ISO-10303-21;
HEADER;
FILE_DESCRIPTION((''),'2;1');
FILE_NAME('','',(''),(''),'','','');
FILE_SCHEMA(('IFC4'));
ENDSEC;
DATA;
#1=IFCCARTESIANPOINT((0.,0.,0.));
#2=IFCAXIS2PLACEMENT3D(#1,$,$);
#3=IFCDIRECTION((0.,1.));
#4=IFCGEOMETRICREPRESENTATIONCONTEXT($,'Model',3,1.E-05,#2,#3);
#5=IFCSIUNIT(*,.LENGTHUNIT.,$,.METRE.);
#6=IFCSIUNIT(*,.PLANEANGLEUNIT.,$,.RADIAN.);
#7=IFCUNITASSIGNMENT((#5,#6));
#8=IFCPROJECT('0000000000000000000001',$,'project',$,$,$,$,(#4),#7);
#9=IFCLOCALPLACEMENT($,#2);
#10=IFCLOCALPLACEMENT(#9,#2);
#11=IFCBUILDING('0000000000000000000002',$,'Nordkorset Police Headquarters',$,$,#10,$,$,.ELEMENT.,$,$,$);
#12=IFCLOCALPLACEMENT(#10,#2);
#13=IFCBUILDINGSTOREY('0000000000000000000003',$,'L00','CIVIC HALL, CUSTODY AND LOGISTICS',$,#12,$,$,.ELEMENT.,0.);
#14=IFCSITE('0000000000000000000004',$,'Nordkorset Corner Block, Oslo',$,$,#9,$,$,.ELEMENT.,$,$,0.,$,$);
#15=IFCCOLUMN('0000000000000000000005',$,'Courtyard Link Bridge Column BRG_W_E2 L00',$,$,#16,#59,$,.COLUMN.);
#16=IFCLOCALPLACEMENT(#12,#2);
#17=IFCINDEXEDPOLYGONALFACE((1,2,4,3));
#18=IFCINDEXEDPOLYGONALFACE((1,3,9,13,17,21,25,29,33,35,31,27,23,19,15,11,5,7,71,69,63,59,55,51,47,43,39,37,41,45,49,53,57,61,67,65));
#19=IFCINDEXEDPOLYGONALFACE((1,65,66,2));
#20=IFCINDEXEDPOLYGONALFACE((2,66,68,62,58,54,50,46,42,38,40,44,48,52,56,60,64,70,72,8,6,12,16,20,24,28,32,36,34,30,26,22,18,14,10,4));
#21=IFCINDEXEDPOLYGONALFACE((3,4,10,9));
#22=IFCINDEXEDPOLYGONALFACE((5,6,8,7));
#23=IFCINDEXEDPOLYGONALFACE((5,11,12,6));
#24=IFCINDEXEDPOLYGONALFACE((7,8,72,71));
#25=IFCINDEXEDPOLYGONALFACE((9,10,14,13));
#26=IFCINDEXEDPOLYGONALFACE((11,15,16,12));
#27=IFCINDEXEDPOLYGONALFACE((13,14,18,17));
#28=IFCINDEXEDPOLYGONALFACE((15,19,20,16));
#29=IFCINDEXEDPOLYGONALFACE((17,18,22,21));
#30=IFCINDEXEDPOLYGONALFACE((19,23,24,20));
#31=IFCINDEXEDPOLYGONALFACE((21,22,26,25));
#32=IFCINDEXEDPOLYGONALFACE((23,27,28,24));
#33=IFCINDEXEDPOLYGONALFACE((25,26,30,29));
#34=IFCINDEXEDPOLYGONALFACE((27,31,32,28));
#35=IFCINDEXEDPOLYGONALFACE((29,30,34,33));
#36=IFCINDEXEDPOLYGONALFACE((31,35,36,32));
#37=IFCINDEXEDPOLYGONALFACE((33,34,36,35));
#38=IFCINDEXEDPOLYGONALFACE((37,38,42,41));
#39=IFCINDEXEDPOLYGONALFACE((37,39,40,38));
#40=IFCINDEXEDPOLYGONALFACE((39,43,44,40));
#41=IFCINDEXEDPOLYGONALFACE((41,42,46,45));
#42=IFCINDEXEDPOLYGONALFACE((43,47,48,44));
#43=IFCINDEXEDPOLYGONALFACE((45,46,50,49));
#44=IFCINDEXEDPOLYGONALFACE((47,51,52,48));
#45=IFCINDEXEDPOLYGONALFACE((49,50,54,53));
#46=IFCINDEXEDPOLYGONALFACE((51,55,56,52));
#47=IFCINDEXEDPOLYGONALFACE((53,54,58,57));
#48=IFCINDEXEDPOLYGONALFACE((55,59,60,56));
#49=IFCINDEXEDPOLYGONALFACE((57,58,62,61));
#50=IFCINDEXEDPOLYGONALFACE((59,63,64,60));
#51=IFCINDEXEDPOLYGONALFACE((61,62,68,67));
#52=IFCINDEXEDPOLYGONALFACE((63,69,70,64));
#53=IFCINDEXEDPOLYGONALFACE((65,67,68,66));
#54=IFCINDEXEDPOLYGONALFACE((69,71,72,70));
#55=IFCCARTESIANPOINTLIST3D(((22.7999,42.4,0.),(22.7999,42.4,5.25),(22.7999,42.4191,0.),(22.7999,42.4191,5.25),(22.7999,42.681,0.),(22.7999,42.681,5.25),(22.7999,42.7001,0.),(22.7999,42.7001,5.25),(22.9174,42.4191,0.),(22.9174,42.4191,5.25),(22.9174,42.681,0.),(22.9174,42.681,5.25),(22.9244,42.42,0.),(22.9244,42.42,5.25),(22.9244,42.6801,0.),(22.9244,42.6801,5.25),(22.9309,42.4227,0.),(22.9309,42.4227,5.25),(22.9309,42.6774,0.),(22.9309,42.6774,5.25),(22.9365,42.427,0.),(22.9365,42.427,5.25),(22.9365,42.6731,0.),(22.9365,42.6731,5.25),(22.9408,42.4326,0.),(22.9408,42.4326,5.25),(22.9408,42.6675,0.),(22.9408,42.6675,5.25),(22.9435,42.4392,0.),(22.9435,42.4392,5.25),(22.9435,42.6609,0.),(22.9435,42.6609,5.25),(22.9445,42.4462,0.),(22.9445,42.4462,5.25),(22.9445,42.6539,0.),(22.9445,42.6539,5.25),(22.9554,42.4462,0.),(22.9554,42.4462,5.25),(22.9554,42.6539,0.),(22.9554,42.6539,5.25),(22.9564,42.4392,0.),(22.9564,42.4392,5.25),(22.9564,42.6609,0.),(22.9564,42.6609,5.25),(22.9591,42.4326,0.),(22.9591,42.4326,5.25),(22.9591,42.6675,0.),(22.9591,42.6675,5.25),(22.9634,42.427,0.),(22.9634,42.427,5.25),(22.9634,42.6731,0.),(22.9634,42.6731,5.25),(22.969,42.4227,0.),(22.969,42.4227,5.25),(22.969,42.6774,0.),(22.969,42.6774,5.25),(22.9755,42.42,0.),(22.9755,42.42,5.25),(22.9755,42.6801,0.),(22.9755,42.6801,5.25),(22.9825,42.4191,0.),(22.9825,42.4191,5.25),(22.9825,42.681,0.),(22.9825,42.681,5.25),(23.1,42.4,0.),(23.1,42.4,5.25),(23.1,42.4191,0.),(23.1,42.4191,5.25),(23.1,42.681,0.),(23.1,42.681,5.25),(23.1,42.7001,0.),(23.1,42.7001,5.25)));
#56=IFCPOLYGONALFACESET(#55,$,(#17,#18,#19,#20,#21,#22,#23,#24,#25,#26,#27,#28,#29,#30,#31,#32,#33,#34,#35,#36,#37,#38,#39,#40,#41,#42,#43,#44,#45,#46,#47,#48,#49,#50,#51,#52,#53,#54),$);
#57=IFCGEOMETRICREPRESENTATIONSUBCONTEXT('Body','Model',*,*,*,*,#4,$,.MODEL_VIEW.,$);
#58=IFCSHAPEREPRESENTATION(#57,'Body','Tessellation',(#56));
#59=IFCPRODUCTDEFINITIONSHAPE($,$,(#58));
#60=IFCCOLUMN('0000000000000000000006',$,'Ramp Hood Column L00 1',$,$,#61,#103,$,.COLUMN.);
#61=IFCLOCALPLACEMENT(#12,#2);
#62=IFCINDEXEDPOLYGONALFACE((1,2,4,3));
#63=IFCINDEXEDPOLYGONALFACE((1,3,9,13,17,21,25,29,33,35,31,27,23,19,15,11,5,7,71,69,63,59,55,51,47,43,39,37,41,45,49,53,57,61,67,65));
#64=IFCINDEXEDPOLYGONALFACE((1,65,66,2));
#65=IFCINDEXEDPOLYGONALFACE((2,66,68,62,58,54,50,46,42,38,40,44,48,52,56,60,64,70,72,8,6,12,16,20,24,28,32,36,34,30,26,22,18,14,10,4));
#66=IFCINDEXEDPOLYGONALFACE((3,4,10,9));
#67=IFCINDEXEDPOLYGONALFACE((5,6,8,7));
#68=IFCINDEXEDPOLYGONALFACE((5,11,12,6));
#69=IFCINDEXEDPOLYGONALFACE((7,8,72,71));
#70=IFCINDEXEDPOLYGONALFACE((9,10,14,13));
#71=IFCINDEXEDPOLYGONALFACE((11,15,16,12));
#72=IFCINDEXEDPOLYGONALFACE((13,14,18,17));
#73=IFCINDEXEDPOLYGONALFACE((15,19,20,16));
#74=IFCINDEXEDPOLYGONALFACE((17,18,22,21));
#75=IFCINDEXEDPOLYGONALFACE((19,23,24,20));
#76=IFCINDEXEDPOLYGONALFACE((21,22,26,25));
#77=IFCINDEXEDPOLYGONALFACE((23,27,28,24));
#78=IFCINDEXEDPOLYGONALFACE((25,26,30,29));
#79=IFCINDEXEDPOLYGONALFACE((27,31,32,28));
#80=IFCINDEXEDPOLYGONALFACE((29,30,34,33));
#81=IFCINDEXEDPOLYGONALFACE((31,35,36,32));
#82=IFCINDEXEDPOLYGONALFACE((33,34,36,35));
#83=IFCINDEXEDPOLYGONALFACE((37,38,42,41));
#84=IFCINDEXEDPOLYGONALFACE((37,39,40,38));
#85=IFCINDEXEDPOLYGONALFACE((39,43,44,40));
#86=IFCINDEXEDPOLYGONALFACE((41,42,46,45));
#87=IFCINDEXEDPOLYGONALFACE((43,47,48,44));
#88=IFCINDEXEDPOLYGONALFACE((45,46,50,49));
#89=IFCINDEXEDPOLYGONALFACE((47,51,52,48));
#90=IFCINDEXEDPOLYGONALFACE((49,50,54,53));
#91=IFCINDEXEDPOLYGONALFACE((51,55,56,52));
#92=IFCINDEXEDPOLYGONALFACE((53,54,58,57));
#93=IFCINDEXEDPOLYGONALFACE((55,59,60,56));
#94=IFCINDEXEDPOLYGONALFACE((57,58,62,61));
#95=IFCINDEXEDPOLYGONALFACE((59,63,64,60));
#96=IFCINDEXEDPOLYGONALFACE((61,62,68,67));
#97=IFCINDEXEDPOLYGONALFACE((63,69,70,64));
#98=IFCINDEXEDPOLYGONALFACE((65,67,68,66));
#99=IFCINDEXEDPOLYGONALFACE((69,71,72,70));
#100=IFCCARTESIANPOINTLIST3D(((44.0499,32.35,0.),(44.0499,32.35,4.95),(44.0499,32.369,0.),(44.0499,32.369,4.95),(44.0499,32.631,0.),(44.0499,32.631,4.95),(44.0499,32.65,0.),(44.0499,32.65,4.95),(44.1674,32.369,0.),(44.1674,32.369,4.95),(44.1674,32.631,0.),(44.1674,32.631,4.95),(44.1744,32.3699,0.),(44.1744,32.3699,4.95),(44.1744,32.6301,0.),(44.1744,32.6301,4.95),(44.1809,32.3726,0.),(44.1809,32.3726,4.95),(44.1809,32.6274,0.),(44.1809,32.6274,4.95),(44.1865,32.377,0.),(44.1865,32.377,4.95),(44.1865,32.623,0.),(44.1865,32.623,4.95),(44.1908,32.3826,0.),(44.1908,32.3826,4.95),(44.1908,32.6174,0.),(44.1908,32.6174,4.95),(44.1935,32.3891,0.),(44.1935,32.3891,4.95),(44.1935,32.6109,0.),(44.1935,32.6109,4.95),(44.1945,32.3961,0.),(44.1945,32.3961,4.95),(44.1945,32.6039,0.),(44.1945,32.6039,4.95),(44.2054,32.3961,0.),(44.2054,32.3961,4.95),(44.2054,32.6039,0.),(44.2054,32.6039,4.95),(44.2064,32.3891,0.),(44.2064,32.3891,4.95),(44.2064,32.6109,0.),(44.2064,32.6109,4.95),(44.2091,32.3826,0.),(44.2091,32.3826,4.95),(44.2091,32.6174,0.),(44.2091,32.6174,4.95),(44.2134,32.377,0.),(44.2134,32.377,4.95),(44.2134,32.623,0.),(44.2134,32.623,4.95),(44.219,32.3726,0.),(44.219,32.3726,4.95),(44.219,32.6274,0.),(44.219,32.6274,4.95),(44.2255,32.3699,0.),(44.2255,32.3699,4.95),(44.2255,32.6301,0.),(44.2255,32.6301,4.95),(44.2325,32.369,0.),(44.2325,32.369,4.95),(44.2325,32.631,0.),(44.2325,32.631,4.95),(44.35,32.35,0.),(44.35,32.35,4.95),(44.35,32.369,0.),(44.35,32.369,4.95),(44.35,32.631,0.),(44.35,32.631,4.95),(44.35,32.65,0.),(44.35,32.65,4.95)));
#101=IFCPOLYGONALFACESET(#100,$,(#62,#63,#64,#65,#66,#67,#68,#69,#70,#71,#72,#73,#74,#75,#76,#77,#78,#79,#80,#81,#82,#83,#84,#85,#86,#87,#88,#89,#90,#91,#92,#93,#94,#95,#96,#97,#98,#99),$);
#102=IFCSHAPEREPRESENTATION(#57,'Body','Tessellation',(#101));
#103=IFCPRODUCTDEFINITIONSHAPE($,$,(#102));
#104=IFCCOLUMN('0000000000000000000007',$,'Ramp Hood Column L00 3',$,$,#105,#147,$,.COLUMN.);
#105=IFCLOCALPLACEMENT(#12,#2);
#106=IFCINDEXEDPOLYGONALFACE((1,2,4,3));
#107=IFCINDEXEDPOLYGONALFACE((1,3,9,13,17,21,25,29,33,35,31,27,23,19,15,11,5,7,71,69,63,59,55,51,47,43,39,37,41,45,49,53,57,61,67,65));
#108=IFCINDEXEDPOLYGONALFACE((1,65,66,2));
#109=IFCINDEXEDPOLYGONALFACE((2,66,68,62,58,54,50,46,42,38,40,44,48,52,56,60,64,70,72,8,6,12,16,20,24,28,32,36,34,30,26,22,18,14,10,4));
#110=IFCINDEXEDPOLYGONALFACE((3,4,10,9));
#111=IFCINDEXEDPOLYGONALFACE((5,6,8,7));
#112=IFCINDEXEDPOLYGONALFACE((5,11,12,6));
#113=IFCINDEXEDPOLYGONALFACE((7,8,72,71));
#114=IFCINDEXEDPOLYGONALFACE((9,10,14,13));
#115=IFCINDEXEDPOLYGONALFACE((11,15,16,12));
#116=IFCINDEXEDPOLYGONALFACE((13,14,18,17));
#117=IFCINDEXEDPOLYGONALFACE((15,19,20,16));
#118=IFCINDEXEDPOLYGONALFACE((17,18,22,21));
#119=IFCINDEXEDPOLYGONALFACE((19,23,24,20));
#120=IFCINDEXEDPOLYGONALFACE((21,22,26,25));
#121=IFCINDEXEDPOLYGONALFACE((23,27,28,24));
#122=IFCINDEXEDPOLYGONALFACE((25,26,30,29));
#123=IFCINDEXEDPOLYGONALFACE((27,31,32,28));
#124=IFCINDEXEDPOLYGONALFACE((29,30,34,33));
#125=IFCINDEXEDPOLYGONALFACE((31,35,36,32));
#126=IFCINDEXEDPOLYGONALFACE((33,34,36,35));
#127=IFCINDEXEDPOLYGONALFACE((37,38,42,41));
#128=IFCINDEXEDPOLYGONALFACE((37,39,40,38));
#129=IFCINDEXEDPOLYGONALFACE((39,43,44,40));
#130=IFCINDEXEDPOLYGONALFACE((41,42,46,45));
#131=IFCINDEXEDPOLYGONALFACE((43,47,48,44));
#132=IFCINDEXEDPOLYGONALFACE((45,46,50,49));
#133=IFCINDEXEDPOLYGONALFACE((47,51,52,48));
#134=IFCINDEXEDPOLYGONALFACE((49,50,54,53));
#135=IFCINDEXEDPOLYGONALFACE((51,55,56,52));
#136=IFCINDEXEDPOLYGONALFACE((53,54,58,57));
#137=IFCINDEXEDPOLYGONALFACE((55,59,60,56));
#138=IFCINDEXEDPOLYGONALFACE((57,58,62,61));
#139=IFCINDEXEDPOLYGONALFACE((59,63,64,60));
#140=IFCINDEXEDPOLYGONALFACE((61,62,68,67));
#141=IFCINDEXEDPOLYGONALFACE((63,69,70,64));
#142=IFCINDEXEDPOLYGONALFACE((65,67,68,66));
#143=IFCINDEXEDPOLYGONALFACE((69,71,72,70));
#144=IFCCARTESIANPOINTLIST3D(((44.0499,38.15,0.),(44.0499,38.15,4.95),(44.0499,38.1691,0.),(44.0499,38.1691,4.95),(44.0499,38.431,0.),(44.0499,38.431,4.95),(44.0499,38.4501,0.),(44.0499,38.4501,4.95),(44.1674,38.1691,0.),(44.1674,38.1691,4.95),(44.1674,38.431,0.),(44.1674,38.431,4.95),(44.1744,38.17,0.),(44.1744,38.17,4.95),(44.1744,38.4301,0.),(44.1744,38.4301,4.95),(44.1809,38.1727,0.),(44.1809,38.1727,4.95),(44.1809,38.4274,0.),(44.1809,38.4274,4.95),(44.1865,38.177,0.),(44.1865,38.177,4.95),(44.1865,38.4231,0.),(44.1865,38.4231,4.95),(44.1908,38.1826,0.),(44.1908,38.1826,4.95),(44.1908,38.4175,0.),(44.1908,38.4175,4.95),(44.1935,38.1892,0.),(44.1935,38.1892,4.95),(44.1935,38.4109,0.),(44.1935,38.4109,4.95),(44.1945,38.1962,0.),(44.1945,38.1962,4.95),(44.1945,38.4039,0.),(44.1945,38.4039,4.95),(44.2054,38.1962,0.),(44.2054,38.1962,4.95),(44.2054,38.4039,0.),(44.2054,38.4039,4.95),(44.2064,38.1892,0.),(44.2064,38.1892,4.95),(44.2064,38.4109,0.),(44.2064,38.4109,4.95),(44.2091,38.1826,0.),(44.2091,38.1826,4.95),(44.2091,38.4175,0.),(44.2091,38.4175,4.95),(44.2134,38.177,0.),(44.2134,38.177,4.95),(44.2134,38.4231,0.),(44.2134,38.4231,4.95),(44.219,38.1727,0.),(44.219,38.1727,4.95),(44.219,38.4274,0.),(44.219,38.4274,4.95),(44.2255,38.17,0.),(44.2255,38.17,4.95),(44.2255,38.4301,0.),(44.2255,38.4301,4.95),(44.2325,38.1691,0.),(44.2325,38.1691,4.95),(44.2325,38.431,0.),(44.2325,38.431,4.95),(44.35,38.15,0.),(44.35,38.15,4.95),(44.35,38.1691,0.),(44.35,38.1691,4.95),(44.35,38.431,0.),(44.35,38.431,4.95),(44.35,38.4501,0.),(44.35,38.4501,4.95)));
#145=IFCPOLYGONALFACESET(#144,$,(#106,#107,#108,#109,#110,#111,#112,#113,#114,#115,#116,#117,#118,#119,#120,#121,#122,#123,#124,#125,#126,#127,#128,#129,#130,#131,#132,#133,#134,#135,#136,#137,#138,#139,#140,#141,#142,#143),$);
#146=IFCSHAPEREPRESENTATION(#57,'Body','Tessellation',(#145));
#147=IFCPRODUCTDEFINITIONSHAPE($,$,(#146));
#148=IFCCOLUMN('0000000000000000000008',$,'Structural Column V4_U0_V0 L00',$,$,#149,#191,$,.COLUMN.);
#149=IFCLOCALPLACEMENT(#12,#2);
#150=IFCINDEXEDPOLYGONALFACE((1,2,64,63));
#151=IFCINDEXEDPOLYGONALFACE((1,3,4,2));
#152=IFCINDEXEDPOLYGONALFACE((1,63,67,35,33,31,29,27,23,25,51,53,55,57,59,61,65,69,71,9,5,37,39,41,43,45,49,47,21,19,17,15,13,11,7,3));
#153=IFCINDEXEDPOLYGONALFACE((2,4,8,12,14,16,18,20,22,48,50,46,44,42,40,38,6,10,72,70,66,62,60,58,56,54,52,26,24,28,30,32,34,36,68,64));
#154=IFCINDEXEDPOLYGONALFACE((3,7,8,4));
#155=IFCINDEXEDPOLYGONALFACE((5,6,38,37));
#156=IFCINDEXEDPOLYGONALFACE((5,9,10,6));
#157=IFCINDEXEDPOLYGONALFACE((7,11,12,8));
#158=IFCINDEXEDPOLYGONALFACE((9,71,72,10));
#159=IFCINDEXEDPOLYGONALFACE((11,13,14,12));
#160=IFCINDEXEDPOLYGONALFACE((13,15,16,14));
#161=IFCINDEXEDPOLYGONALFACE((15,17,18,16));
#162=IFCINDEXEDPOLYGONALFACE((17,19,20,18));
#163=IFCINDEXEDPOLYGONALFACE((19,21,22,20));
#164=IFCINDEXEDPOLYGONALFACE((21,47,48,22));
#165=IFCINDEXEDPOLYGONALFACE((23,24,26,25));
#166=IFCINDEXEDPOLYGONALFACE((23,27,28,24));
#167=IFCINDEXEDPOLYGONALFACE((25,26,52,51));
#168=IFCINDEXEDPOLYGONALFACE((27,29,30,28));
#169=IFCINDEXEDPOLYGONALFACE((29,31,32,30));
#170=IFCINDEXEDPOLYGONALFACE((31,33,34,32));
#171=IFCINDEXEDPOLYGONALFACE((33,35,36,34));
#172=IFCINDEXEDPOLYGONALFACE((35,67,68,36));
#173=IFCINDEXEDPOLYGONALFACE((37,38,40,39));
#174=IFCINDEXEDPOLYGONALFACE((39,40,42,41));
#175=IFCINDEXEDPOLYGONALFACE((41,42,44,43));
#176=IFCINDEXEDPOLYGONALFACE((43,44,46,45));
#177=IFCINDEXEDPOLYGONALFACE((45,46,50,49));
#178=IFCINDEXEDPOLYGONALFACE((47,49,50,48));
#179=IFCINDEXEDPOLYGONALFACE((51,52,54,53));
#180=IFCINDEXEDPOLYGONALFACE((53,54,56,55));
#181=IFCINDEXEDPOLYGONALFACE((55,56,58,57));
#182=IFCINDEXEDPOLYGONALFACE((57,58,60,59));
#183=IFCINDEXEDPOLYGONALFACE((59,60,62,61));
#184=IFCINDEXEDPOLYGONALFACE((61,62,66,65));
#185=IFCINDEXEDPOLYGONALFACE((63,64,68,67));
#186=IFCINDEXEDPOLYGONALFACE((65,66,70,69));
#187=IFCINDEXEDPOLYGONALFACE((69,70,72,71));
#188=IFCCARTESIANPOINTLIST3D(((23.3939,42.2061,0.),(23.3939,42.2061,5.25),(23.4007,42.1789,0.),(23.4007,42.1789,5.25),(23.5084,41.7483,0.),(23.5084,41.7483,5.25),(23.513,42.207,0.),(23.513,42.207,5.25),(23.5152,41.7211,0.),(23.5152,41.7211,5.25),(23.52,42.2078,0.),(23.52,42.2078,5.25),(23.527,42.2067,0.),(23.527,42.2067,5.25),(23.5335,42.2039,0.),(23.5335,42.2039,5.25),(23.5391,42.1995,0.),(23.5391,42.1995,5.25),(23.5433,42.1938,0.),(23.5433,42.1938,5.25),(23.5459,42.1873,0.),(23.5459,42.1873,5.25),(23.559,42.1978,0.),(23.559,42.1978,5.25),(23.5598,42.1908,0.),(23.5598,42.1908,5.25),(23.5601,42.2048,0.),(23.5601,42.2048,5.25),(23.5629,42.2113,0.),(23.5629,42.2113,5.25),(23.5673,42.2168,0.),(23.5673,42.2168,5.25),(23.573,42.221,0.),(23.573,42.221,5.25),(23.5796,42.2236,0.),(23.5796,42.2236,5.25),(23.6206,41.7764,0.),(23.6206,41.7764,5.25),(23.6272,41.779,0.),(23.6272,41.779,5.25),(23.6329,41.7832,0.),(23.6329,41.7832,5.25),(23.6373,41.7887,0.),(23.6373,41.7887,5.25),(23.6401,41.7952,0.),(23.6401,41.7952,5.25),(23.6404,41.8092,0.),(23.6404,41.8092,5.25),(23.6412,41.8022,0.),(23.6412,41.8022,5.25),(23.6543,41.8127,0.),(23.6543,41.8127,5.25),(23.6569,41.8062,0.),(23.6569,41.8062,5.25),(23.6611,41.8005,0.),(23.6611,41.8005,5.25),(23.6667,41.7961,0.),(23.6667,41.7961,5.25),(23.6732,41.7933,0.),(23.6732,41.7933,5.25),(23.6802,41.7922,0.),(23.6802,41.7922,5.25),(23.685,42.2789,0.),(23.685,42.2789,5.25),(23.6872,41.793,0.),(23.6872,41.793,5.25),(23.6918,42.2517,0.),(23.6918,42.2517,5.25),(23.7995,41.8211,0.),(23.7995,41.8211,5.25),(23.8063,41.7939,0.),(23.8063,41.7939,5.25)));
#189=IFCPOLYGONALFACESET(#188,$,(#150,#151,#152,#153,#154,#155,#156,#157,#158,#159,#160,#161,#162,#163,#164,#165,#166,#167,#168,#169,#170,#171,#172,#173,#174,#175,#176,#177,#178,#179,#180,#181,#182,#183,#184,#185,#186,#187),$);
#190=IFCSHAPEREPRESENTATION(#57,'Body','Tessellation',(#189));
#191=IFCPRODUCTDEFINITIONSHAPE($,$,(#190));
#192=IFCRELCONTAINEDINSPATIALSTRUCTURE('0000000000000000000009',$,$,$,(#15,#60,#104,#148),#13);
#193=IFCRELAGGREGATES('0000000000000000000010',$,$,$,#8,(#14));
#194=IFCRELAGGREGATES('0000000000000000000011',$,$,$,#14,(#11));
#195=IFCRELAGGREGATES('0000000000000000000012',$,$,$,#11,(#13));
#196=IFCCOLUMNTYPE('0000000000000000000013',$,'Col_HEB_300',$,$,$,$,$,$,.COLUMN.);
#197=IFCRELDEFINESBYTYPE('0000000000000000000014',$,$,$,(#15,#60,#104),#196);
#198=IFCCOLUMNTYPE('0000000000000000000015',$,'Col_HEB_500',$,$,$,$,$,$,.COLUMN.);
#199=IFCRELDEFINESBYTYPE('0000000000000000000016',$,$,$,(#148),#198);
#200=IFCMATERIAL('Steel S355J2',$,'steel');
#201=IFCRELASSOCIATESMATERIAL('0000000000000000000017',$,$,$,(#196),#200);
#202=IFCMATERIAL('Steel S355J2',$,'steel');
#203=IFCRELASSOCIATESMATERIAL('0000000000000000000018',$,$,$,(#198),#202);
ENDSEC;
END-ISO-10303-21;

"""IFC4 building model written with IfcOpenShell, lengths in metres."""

from ifc_helpers import new_model, si_unit, direction, frame, origin, origin_2d, place, context, subcontext, project, spatial, i_section, extrude, material, material_profile, profile_set, type_object, element, save


model = new_model("IFC4")

# Units and contexts
model_context = context("Model", 3, precision=1e-05, world=origin(), true_north=direction((0.0, 1.0)))
body_context = subcontext(model_context, "Body", "Model", "MODEL_VIEW")
ifc_project = project(units=[si_unit("LENGTHUNIT", "METRE"), si_unit("PLANEANGLEUNIT", "RADIAN")], contexts=[model_context])

# Site, building, storey
site_placement = place(None, origin())
site = spatial("IfcSite", under=ifc_project, at=site_placement, Name="Nordkorset Corner Block, Oslo", CompositionType="ELEMENT", RefElevation=0.0)
building_placement = place(site_placement, origin())
building = spatial("IfcBuilding", under=site, at=building_placement, Name="Nordkorset Police Headquarters", CompositionType="ELEMENT")
storey_placement = place(building_placement, origin())
storey = spatial("IfcBuildingStorey", under=building, at=storey_placement, Name="L00", Description="CIVIC HALL, CUSTODY AND LOGISTICS", CompositionType="ELEMENT", Elevation=0.0)

# Columns
ifc_material_1 = material(Name="Steel S355J2", Category="steel")
ifc_material_profile_1 = material_profile(ifc_material_1, i_section(OverallWidth=0.3, OverallDepth=0.3, WebThickness=0.011, FlangeThickness=0.019, FilletRadius=0.0271, at=origin_2d()), Name="HEB 300")
ifc_profile_set_1 = profile_set([ifc_material_profile_1], Name="Steel S355J2")
column_type_1 = type_object("IfcColumnType", Name="Col_HEB_300", PredefinedType="COLUMN", material=ifc_profile_set_1)
column_1_placement = place(storey_placement, frame((22.95, 42.55, 0.0), z_axis=(0.0, 0.0, 1.0), x_axis=(1.0, 0.0, 0.0)))
element("IfcColumn", 1, at=column_1_placement, inside=storey, type_object=column_type_1, Name="Courtyard Link Bridge Column BRG_W_E2 L00", PredefinedType="COLUMN", context=body_context, shape_type="SweptSolid", body=[
    extrude(i_section(OverallWidth=0.3, OverallDepth=0.3, WebThickness=0.011, FlangeThickness=0.019, FilletRadius=0.0271, at=origin_2d()), origin(), (0.0, 0.0, 1.0), 5.25),
])
for number, where, z_axis, x_axis, name in (
    (2, (44.2, 32.5, 0.0), (0.0, 0.0, 1.0), (1.0, 0.0, 0.0), "Ramp Hood Column L00 1"),
    (3, (44.2, 38.3, 0.0), (0.0, 0.0, 1.0), (1.0, 0.0, 0.0), "Ramp Hood Column L00 3"),
):
    element("IfcColumn", number, at=place(storey_placement, frame(where, z_axis=z_axis, x_axis=x_axis)), inside=storey, type_object=column_type_1, Name=name, PredefinedType="COLUMN", context=body_context, shape_type="SweptSolid", body=[
        extrude(i_section(OverallWidth=0.3, OverallDepth=0.3, WebThickness=0.011, FlangeThickness=0.019, FilletRadius=0.0271, at=origin_2d()), origin(), (0.0, 0.0, 1.0), 4.95),
    ])
ifc_material_2 = material(Name="Steel S355J2", Category="steel")
ifc_material_profile_2 = material_profile(ifc_material_2, i_section(OverallWidth=0.3, OverallDepth=0.5, WebThickness=0.0144, FlangeThickness=0.0281, FilletRadius=0.0271, at=origin_2d()), Name="HEB 500")
ifc_profile_set_2 = profile_set([ifc_material_profile_2], Name="Steel S355J2")
column_type_2 = type_object("IfcColumnType", Name="Col_HEB_500", PredefinedType="COLUMN", material=ifc_profile_set_2)
column_2_placement = place(storey_placement, frame((23.6001, 42.0, 0.0), z_axis=(0.0, 0.0, 1.0), x_axis=(0.970143, 0.242536, 0.0)))
element("IfcColumn", 4, at=column_2_placement, inside=storey, type_object=column_type_2, Name="Structural Column V4_U0_V0 L00", PredefinedType="COLUMN", context=body_context, shape_type="SweptSolid", body=[
    extrude(i_section(OverallWidth=0.3, OverallDepth=0.5, WebThickness=0.0144, FlangeThickness=0.0281, FilletRadius=0.0271, at=origin_2d()), origin(), (0.0, 0.0, 1.0), 5.25),
])

save(model, "model.ifc")
